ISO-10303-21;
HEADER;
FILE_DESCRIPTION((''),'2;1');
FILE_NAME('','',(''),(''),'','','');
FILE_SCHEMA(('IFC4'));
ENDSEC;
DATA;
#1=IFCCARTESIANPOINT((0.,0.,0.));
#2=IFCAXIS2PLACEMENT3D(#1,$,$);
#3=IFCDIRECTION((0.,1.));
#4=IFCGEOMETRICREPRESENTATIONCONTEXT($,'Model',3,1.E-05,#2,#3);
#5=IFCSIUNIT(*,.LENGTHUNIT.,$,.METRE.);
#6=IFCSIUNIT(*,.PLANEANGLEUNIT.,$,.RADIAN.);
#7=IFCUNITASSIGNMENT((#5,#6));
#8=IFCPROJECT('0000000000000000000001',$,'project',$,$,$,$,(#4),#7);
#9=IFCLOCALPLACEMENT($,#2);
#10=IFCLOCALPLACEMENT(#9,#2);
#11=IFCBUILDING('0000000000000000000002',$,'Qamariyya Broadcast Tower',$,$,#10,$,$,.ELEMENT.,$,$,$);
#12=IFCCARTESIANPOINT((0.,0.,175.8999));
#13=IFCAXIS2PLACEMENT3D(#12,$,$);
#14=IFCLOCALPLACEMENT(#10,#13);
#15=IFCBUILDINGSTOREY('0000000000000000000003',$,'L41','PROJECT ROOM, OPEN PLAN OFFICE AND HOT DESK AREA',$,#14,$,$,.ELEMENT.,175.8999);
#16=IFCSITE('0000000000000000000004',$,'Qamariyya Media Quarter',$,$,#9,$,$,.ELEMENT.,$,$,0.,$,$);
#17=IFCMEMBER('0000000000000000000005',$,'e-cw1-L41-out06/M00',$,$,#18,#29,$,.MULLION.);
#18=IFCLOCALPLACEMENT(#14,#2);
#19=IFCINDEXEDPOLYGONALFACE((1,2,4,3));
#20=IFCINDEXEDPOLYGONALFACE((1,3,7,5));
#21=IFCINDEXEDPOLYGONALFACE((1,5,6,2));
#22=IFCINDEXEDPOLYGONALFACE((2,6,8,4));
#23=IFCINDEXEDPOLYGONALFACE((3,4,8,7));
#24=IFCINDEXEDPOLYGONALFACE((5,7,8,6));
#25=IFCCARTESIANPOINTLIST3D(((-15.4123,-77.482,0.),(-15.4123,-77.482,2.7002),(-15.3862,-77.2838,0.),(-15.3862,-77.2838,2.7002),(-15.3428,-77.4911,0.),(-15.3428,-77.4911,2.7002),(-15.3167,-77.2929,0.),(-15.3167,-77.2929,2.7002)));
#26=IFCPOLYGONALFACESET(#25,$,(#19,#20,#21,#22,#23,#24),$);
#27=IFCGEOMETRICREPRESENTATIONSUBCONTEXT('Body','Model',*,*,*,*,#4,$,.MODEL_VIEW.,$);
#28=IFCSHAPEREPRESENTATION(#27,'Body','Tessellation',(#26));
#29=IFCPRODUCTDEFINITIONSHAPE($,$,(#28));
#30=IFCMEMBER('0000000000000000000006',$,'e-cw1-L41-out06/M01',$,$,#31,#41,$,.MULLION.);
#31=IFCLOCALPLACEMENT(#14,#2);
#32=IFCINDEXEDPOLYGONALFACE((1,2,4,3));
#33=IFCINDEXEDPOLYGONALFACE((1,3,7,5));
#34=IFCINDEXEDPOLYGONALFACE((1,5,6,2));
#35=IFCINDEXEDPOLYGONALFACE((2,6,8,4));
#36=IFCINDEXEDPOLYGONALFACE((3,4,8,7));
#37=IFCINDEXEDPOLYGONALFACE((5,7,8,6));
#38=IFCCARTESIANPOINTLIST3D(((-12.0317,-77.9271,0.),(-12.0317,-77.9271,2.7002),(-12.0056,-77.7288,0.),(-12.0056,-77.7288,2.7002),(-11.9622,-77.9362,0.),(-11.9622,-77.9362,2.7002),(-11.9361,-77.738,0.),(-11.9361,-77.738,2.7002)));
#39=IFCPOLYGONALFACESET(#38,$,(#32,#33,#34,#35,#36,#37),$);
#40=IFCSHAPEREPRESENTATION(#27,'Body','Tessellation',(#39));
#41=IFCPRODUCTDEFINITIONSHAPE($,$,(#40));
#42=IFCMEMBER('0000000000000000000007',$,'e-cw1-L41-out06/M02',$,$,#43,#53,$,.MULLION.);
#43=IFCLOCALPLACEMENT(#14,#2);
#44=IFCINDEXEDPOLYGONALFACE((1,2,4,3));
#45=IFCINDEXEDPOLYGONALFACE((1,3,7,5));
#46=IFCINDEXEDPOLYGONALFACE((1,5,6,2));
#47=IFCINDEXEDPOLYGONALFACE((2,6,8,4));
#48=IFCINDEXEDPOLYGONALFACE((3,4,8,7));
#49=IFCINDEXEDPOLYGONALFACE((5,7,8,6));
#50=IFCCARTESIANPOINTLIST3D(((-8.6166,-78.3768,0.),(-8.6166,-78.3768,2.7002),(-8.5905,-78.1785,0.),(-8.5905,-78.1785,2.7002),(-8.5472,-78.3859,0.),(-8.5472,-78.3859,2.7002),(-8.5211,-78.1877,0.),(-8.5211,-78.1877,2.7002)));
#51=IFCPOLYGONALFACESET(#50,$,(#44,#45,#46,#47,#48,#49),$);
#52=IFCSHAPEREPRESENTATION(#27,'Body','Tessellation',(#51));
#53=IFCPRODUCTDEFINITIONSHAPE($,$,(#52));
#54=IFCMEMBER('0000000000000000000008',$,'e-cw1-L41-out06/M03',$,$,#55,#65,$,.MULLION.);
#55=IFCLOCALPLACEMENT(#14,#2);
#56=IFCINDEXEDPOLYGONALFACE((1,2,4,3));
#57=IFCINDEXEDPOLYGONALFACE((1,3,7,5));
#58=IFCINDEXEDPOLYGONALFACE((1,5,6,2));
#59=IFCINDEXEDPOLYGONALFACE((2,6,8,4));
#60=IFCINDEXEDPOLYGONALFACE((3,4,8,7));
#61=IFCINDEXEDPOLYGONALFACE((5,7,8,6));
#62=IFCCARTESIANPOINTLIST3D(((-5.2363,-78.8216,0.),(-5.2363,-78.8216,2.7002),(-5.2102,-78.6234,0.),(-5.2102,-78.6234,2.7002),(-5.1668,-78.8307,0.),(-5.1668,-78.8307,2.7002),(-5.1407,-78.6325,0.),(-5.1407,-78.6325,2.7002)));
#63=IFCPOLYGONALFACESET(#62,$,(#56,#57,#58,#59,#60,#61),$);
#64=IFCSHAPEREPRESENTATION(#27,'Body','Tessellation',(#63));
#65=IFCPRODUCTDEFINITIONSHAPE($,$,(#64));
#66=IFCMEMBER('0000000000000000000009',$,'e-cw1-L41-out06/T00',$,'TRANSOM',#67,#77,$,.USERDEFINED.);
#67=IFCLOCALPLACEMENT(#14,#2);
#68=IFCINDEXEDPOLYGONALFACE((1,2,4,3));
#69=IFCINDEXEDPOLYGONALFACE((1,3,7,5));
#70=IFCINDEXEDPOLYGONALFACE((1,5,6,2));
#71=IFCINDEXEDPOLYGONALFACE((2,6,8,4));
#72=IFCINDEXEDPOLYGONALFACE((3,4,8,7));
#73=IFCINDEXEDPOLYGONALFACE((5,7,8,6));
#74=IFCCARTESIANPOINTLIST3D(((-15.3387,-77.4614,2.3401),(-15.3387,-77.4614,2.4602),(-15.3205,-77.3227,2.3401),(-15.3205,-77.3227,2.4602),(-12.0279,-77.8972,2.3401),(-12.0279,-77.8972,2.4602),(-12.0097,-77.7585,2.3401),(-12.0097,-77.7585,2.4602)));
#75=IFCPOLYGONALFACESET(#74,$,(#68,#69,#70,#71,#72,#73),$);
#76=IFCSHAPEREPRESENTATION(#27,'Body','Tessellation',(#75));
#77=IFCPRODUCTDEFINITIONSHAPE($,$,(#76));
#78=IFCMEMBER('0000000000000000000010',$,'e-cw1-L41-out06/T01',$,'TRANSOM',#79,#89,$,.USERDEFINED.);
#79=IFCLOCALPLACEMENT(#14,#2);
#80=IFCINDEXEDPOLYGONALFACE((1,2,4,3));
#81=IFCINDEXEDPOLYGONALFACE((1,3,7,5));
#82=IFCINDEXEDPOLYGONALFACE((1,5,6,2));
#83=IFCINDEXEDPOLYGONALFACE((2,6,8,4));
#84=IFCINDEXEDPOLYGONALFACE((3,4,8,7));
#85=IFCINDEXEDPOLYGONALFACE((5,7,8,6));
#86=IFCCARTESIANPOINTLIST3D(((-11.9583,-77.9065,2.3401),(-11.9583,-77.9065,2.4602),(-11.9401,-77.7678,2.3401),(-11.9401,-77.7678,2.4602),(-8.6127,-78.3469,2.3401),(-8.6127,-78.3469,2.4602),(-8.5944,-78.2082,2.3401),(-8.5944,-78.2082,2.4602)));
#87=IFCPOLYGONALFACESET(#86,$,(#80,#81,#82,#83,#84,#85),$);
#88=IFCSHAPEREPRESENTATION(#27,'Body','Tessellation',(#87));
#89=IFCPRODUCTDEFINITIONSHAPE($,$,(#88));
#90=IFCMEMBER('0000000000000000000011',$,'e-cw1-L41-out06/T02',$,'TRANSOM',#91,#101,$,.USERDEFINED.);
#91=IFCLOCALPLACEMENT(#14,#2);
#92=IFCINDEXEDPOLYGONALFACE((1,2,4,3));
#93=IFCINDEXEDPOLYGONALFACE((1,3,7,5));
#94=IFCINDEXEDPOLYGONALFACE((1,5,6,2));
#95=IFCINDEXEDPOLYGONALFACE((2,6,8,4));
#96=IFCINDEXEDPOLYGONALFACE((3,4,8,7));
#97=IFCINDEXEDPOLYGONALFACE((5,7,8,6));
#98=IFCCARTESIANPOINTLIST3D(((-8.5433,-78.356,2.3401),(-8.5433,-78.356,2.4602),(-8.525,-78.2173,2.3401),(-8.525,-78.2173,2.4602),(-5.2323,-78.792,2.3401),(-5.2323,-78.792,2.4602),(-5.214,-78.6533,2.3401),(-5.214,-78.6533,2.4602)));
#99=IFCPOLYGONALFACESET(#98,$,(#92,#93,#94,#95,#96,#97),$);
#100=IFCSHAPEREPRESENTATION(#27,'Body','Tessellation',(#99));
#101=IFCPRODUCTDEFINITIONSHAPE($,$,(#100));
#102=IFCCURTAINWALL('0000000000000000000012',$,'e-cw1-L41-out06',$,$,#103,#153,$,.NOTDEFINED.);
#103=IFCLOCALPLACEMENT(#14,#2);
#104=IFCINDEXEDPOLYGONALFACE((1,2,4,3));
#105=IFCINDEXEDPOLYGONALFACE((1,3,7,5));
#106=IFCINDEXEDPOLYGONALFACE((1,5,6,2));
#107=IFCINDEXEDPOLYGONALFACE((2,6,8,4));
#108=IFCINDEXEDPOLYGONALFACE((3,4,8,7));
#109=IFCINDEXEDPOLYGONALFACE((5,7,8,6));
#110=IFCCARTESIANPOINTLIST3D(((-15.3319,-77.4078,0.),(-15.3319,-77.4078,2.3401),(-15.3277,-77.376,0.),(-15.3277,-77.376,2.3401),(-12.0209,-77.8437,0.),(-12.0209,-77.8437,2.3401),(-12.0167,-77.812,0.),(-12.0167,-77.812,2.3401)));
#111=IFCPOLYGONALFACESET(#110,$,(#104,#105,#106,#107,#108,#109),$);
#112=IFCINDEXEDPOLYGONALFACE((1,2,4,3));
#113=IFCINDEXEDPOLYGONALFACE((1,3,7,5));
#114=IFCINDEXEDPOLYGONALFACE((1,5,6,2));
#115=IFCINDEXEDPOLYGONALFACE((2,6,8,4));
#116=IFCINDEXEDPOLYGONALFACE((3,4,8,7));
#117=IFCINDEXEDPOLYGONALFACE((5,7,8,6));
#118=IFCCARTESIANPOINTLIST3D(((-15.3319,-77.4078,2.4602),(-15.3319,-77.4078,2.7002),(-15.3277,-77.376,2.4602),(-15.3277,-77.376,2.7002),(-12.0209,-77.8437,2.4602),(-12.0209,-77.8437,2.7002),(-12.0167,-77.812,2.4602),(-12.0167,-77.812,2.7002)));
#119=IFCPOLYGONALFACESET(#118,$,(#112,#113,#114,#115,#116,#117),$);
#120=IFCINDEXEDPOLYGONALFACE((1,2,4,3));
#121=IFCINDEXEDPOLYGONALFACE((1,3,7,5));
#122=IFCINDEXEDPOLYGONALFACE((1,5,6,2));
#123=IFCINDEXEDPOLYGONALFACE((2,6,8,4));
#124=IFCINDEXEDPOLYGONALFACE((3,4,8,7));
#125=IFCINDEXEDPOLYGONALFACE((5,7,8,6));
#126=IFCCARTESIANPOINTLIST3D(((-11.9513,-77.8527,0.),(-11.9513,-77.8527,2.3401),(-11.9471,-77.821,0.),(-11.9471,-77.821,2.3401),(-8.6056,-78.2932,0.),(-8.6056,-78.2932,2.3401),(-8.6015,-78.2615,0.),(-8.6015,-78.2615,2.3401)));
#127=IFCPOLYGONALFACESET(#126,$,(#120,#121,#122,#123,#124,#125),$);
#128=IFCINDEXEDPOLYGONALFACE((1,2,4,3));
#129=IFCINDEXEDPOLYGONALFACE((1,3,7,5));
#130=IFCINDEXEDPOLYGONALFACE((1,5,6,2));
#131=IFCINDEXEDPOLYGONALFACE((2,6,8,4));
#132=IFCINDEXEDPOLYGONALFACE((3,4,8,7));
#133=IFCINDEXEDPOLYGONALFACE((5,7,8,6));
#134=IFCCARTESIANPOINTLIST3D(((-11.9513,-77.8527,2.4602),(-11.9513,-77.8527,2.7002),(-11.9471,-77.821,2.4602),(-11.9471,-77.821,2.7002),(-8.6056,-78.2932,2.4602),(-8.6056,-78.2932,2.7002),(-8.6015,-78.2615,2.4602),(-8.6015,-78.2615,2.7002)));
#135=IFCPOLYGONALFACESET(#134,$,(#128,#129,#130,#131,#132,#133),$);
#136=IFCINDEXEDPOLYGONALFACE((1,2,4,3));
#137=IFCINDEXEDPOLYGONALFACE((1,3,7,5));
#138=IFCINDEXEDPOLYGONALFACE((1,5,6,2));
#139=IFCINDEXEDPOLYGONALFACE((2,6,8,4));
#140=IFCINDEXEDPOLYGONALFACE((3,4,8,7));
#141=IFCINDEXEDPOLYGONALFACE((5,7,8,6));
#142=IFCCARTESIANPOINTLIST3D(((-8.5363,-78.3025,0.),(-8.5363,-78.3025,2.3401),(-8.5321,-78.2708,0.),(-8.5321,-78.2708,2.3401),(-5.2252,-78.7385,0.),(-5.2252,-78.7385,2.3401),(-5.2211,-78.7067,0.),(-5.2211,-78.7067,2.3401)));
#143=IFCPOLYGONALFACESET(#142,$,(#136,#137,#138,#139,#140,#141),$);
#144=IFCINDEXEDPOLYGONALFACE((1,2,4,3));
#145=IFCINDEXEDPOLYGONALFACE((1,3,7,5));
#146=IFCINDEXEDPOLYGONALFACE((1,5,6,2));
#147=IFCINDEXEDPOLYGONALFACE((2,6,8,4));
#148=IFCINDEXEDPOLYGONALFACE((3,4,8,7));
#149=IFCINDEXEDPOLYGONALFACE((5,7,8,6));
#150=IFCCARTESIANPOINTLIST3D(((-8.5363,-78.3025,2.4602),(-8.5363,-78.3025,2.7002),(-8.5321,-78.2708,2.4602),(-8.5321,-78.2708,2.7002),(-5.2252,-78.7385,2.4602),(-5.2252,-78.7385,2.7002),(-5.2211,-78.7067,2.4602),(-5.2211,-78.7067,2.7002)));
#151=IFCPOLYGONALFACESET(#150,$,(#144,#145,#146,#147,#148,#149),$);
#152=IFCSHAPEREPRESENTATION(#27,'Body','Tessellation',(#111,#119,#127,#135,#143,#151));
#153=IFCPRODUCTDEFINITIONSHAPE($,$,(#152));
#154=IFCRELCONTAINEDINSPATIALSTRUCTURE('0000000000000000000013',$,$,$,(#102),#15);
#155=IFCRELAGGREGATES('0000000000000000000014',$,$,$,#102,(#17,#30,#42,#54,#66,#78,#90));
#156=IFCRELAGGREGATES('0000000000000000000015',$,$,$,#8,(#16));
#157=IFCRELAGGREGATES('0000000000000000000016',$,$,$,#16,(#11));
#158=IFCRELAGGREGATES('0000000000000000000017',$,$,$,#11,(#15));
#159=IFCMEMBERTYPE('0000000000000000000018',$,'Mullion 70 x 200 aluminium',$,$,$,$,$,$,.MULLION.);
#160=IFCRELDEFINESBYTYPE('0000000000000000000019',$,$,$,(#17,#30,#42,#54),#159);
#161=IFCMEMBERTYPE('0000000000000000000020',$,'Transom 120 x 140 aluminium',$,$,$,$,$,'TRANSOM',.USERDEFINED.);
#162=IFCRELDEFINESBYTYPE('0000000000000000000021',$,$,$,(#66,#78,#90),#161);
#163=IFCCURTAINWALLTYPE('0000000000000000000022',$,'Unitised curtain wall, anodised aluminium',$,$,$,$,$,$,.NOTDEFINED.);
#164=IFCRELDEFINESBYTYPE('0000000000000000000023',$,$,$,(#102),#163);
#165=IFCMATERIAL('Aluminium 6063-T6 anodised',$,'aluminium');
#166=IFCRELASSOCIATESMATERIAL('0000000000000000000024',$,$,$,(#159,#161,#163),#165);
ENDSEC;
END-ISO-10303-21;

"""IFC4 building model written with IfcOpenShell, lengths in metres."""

from ifc_helpers import new_model, si_unit, direction, frame, origin, origin_2d, place, context, subcontext, project, spatial, rectangle, extrude, material, material_profile, profile_set, type_object, element, aggregate, save


model = new_model("IFC4")

# Units and contexts
model_context = context("Model", 3, precision=1e-05, world=origin(), true_north=direction((0.0, 1.0)))
body_context = subcontext(model_context, "Body", "Model", "MODEL_VIEW")
ifc_project = project(units=[si_unit("LENGTHUNIT", "METRE"), si_unit("PLANEANGLEUNIT", "RADIAN")], contexts=[model_context])

# Members
ifc_material_1 = material(Name="Aluminium 6063-T6 anodised", Category="aluminium")
ifc_material_profile_1 = material_profile(ifc_material_1, rectangle(XDim=0.2, YDim=0.0701, at=origin_2d()))
ifc_profile_set_1 = profile_set([ifc_material_profile_1], Name="Aluminium 6063-T6 anodised")
member_type_1 = type_object("IfcMemberType", Name="Mullion 70 x 200 aluminium", PredefinedType="MULLION", material=ifc_profile_set_1)
site_placement = place(None, origin())
building_placement = place(site_placement, origin())
storey_placement = place(building_placement, frame((0.0, 0.0, 175.8999)))
member_1_placement = place(storey_placement, frame((-15.3645, -77.3875, 0.0), z_axis=(0.0, 0.0, 1.0), x_axis=(0.130526, 0.991445, 0.0)))
member_1 = element("IfcMember", 1, at=member_1_placement, type_object=member_type_1, Name="e-cw1-L41-out06/M00", PredefinedType="MULLION", context=body_context, shape_type="SweptSolid", body=[
    extrude(rectangle(XDim=0.2, YDim=0.0701, at=origin_2d()), origin(), (0.0, 0.0, 1.0), 2.7002),
])
member_2_placement = place(storey_placement, frame((-11.9839, -77.8325, 0.0), z_axis=(0.0, 0.0, 1.0), x_axis=(0.130526, 0.991445, 0.0)))
member_2 = element("IfcMember", 2, at=member_2_placement, type_object=member_type_1, Name="e-cw1-L41-out06/M01", PredefinedType="MULLION", context=body_context, shape_type="SweptSolid", body=[
    extrude(rectangle(XDim=0.2, YDim=0.0701, at=origin_2d()), origin(), (0.0, 0.0, 1.0), 2.7002),
])
member_3_placement = place(storey_placement, frame((-8.5688, -78.2822, 0.0), z_axis=(0.0, 0.0, 1.0), x_axis=(0.130526, 0.991445, 0.0)))
member_3 = element("IfcMember", 3, at=member_3_placement, type_object=member_type_1, Name="e-cw1-L41-out06/M02", PredefinedType="MULLION", context=body_context, shape_type="SweptSolid", body=[
    extrude(rectangle(XDim=0.2, YDim=0.0701, at=origin_2d()), origin(), (0.0, 0.0, 1.0), 2.7002),
])
member_4_placement = place(storey_placement, frame((-5.1885, -78.7271, 0.0), z_axis=(0.0, 0.0, 1.0), x_axis=(0.130526, 0.991445, 0.0)))
member_4 = element("IfcMember", 4, at=member_4_placement, type_object=member_type_1, Name="e-cw1-L41-out06/M03", PredefinedType="MULLION", context=body_context, shape_type="SweptSolid", body=[
    extrude(rectangle(XDim=0.2, YDim=0.0701, at=origin_2d()), origin(), (0.0, 0.0, 1.0), 2.7002),
])
ifc_material_profile_2 = material_profile(ifc_material_1, rectangle(XDim=0.1399, YDim=0.1201, at=origin_2d()))
ifc_profile_set_2 = profile_set([ifc_material_profile_2], Name="Aluminium 6063-T6 anodised")
member_type_2 = type_object("IfcMemberType", Name="Transom 120 x 140 aluminium", ElementType="TRANSOM", PredefinedType="USERDEFINED", material=ifc_profile_set_2)
member_5_placement = place(storey_placement, frame((-15.3296, -77.3921, 2.4001), z_axis=(0.991448, -0.130502, 0.0), x_axis=(0.130502, 0.991448, 0.0)))
member_5 = element("IfcMember", 5, at=member_5_placement, type_object=member_type_2, Name="e-cw1-L41-out06/T00", ObjectType="TRANSOM", PredefinedType="USERDEFINED", context=body_context, shape_type="SweptSolid", body=[
    extrude(rectangle(XDim=0.1399, YDim=0.1201, at=origin_2d()), origin(), (0.0, 0.0, 1.0), 3.3394),
])
member_6_placement = place(storey_placement, frame((-11.9492, -77.8372, 2.4001), z_axis=(0.991446, -0.130514, 0.0), x_axis=(0.130514, 0.991446, 0.0)))
member_6 = element("IfcMember", 6, at=member_6_placement, type_object=member_type_2, Name="e-cw1-L41-out06/T01", ObjectType="TRANSOM", PredefinedType="USERDEFINED", context=body_context, shape_type="SweptSolid", body=[
    extrude(rectangle(XDim=0.1399, YDim=0.1201, at=origin_2d()), origin(), (0.0, 0.0, 1.0), 3.3745),
])
member_7_placement = place(storey_placement, frame((-8.5342, -78.2866, 2.4001), z_axis=(0.99144, -0.130564, 0.0), x_axis=(0.130564, 0.99144, 0.0)))
member_7 = element("IfcMember", 7, at=member_7_placement, type_object=member_type_2, Name="e-cw1-L41-out06/T02", ObjectType="TRANSOM", PredefinedType="USERDEFINED", context=body_context, shape_type="SweptSolid", body=[
    extrude(rectangle(XDim=0.1399, YDim=0.1201, at=origin_2d()), origin(), (0.0, 0.0, 1.0), 3.3396),
])

# Site, building, storey
site = spatial("IfcSite", under=ifc_project, at=site_placement, Name="Qamariyya Media Quarter", CompositionType="ELEMENT", RefElevation=0.0)
building = spatial("IfcBuilding", under=site, at=building_placement, Name="Qamariyya Broadcast Tower", CompositionType="ELEMENT")
storey = spatial("IfcBuildingStorey", under=building, at=storey_placement, Name="L41", Description="PROJECT ROOM, OPEN PLAN OFFICE AND HOT DESK AREA", CompositionType="ELEMENT", Elevation=175.8999)

# Curtain wall
curtain_wall_type = type_object("IfcCurtainWallType", Name="Unitised curtain wall, anodised aluminium", PredefinedType="NOTDEFINED", material=ifc_material_1)
curtain_wall_1_placement = place(storey_placement, origin())
curtain_wall_1 = element("IfcCurtainWall", 8, at=curtain_wall_1_placement, inside=storey, type_object=curtain_wall_type, Name="e-cw1-L41-out06", PredefinedType="NOTDEFINED", context=body_context, shape_type="SweptSolid", body=[
    extrude(rectangle(XDim=3.3396, YDim=0.032, at=origin_2d()), frame((-13.6743, -77.6099, 0.0), x_axis=(0.991444, -0.130531, 0.0)), (0.0, 0.0, 1.0), 2.3401),
    extrude(rectangle(XDim=3.3396, YDim=0.032, at=origin_2d()), frame((-13.6743, -77.6099, 2.4602), x_axis=(0.991444, -0.130531, 0.0)), (0.0, 0.0, 1.0), 0.24),
    extrude(rectangle(XDim=3.3745, YDim=0.032, at=origin_2d()), frame((-10.2764, -78.0571, 0.0), x_axis=(0.991444, -0.130531, 0.0)), (0.0, 0.0, 1.0), 2.3401),
    extrude(rectangle(XDim=3.3745, YDim=0.032, at=origin_2d()), frame((-10.2764, -78.0571, 2.4602), x_axis=(0.991444, -0.130531, 0.0)), (0.0, 0.0, 1.0), 0.24),
    extrude(rectangle(XDim=3.3396, YDim=0.032, at=origin_2d()), frame((-6.8787, -78.5046, 0.0), x_axis=(0.991444, -0.130531, 0.0)), (0.0, 0.0, 1.0), 2.3401),
    extrude(rectangle(XDim=3.3396, YDim=0.032, at=origin_2d()), frame((-6.8787, -78.5046, 2.4602), x_axis=(0.991444, -0.130531, 0.0)), (0.0, 0.0, 1.0), 0.24),
])
aggregate(curtain_wall_1, [member_1, member_2, member_3, member_4, member_5, member_6, member_7])

save(model, "model.ifc")
